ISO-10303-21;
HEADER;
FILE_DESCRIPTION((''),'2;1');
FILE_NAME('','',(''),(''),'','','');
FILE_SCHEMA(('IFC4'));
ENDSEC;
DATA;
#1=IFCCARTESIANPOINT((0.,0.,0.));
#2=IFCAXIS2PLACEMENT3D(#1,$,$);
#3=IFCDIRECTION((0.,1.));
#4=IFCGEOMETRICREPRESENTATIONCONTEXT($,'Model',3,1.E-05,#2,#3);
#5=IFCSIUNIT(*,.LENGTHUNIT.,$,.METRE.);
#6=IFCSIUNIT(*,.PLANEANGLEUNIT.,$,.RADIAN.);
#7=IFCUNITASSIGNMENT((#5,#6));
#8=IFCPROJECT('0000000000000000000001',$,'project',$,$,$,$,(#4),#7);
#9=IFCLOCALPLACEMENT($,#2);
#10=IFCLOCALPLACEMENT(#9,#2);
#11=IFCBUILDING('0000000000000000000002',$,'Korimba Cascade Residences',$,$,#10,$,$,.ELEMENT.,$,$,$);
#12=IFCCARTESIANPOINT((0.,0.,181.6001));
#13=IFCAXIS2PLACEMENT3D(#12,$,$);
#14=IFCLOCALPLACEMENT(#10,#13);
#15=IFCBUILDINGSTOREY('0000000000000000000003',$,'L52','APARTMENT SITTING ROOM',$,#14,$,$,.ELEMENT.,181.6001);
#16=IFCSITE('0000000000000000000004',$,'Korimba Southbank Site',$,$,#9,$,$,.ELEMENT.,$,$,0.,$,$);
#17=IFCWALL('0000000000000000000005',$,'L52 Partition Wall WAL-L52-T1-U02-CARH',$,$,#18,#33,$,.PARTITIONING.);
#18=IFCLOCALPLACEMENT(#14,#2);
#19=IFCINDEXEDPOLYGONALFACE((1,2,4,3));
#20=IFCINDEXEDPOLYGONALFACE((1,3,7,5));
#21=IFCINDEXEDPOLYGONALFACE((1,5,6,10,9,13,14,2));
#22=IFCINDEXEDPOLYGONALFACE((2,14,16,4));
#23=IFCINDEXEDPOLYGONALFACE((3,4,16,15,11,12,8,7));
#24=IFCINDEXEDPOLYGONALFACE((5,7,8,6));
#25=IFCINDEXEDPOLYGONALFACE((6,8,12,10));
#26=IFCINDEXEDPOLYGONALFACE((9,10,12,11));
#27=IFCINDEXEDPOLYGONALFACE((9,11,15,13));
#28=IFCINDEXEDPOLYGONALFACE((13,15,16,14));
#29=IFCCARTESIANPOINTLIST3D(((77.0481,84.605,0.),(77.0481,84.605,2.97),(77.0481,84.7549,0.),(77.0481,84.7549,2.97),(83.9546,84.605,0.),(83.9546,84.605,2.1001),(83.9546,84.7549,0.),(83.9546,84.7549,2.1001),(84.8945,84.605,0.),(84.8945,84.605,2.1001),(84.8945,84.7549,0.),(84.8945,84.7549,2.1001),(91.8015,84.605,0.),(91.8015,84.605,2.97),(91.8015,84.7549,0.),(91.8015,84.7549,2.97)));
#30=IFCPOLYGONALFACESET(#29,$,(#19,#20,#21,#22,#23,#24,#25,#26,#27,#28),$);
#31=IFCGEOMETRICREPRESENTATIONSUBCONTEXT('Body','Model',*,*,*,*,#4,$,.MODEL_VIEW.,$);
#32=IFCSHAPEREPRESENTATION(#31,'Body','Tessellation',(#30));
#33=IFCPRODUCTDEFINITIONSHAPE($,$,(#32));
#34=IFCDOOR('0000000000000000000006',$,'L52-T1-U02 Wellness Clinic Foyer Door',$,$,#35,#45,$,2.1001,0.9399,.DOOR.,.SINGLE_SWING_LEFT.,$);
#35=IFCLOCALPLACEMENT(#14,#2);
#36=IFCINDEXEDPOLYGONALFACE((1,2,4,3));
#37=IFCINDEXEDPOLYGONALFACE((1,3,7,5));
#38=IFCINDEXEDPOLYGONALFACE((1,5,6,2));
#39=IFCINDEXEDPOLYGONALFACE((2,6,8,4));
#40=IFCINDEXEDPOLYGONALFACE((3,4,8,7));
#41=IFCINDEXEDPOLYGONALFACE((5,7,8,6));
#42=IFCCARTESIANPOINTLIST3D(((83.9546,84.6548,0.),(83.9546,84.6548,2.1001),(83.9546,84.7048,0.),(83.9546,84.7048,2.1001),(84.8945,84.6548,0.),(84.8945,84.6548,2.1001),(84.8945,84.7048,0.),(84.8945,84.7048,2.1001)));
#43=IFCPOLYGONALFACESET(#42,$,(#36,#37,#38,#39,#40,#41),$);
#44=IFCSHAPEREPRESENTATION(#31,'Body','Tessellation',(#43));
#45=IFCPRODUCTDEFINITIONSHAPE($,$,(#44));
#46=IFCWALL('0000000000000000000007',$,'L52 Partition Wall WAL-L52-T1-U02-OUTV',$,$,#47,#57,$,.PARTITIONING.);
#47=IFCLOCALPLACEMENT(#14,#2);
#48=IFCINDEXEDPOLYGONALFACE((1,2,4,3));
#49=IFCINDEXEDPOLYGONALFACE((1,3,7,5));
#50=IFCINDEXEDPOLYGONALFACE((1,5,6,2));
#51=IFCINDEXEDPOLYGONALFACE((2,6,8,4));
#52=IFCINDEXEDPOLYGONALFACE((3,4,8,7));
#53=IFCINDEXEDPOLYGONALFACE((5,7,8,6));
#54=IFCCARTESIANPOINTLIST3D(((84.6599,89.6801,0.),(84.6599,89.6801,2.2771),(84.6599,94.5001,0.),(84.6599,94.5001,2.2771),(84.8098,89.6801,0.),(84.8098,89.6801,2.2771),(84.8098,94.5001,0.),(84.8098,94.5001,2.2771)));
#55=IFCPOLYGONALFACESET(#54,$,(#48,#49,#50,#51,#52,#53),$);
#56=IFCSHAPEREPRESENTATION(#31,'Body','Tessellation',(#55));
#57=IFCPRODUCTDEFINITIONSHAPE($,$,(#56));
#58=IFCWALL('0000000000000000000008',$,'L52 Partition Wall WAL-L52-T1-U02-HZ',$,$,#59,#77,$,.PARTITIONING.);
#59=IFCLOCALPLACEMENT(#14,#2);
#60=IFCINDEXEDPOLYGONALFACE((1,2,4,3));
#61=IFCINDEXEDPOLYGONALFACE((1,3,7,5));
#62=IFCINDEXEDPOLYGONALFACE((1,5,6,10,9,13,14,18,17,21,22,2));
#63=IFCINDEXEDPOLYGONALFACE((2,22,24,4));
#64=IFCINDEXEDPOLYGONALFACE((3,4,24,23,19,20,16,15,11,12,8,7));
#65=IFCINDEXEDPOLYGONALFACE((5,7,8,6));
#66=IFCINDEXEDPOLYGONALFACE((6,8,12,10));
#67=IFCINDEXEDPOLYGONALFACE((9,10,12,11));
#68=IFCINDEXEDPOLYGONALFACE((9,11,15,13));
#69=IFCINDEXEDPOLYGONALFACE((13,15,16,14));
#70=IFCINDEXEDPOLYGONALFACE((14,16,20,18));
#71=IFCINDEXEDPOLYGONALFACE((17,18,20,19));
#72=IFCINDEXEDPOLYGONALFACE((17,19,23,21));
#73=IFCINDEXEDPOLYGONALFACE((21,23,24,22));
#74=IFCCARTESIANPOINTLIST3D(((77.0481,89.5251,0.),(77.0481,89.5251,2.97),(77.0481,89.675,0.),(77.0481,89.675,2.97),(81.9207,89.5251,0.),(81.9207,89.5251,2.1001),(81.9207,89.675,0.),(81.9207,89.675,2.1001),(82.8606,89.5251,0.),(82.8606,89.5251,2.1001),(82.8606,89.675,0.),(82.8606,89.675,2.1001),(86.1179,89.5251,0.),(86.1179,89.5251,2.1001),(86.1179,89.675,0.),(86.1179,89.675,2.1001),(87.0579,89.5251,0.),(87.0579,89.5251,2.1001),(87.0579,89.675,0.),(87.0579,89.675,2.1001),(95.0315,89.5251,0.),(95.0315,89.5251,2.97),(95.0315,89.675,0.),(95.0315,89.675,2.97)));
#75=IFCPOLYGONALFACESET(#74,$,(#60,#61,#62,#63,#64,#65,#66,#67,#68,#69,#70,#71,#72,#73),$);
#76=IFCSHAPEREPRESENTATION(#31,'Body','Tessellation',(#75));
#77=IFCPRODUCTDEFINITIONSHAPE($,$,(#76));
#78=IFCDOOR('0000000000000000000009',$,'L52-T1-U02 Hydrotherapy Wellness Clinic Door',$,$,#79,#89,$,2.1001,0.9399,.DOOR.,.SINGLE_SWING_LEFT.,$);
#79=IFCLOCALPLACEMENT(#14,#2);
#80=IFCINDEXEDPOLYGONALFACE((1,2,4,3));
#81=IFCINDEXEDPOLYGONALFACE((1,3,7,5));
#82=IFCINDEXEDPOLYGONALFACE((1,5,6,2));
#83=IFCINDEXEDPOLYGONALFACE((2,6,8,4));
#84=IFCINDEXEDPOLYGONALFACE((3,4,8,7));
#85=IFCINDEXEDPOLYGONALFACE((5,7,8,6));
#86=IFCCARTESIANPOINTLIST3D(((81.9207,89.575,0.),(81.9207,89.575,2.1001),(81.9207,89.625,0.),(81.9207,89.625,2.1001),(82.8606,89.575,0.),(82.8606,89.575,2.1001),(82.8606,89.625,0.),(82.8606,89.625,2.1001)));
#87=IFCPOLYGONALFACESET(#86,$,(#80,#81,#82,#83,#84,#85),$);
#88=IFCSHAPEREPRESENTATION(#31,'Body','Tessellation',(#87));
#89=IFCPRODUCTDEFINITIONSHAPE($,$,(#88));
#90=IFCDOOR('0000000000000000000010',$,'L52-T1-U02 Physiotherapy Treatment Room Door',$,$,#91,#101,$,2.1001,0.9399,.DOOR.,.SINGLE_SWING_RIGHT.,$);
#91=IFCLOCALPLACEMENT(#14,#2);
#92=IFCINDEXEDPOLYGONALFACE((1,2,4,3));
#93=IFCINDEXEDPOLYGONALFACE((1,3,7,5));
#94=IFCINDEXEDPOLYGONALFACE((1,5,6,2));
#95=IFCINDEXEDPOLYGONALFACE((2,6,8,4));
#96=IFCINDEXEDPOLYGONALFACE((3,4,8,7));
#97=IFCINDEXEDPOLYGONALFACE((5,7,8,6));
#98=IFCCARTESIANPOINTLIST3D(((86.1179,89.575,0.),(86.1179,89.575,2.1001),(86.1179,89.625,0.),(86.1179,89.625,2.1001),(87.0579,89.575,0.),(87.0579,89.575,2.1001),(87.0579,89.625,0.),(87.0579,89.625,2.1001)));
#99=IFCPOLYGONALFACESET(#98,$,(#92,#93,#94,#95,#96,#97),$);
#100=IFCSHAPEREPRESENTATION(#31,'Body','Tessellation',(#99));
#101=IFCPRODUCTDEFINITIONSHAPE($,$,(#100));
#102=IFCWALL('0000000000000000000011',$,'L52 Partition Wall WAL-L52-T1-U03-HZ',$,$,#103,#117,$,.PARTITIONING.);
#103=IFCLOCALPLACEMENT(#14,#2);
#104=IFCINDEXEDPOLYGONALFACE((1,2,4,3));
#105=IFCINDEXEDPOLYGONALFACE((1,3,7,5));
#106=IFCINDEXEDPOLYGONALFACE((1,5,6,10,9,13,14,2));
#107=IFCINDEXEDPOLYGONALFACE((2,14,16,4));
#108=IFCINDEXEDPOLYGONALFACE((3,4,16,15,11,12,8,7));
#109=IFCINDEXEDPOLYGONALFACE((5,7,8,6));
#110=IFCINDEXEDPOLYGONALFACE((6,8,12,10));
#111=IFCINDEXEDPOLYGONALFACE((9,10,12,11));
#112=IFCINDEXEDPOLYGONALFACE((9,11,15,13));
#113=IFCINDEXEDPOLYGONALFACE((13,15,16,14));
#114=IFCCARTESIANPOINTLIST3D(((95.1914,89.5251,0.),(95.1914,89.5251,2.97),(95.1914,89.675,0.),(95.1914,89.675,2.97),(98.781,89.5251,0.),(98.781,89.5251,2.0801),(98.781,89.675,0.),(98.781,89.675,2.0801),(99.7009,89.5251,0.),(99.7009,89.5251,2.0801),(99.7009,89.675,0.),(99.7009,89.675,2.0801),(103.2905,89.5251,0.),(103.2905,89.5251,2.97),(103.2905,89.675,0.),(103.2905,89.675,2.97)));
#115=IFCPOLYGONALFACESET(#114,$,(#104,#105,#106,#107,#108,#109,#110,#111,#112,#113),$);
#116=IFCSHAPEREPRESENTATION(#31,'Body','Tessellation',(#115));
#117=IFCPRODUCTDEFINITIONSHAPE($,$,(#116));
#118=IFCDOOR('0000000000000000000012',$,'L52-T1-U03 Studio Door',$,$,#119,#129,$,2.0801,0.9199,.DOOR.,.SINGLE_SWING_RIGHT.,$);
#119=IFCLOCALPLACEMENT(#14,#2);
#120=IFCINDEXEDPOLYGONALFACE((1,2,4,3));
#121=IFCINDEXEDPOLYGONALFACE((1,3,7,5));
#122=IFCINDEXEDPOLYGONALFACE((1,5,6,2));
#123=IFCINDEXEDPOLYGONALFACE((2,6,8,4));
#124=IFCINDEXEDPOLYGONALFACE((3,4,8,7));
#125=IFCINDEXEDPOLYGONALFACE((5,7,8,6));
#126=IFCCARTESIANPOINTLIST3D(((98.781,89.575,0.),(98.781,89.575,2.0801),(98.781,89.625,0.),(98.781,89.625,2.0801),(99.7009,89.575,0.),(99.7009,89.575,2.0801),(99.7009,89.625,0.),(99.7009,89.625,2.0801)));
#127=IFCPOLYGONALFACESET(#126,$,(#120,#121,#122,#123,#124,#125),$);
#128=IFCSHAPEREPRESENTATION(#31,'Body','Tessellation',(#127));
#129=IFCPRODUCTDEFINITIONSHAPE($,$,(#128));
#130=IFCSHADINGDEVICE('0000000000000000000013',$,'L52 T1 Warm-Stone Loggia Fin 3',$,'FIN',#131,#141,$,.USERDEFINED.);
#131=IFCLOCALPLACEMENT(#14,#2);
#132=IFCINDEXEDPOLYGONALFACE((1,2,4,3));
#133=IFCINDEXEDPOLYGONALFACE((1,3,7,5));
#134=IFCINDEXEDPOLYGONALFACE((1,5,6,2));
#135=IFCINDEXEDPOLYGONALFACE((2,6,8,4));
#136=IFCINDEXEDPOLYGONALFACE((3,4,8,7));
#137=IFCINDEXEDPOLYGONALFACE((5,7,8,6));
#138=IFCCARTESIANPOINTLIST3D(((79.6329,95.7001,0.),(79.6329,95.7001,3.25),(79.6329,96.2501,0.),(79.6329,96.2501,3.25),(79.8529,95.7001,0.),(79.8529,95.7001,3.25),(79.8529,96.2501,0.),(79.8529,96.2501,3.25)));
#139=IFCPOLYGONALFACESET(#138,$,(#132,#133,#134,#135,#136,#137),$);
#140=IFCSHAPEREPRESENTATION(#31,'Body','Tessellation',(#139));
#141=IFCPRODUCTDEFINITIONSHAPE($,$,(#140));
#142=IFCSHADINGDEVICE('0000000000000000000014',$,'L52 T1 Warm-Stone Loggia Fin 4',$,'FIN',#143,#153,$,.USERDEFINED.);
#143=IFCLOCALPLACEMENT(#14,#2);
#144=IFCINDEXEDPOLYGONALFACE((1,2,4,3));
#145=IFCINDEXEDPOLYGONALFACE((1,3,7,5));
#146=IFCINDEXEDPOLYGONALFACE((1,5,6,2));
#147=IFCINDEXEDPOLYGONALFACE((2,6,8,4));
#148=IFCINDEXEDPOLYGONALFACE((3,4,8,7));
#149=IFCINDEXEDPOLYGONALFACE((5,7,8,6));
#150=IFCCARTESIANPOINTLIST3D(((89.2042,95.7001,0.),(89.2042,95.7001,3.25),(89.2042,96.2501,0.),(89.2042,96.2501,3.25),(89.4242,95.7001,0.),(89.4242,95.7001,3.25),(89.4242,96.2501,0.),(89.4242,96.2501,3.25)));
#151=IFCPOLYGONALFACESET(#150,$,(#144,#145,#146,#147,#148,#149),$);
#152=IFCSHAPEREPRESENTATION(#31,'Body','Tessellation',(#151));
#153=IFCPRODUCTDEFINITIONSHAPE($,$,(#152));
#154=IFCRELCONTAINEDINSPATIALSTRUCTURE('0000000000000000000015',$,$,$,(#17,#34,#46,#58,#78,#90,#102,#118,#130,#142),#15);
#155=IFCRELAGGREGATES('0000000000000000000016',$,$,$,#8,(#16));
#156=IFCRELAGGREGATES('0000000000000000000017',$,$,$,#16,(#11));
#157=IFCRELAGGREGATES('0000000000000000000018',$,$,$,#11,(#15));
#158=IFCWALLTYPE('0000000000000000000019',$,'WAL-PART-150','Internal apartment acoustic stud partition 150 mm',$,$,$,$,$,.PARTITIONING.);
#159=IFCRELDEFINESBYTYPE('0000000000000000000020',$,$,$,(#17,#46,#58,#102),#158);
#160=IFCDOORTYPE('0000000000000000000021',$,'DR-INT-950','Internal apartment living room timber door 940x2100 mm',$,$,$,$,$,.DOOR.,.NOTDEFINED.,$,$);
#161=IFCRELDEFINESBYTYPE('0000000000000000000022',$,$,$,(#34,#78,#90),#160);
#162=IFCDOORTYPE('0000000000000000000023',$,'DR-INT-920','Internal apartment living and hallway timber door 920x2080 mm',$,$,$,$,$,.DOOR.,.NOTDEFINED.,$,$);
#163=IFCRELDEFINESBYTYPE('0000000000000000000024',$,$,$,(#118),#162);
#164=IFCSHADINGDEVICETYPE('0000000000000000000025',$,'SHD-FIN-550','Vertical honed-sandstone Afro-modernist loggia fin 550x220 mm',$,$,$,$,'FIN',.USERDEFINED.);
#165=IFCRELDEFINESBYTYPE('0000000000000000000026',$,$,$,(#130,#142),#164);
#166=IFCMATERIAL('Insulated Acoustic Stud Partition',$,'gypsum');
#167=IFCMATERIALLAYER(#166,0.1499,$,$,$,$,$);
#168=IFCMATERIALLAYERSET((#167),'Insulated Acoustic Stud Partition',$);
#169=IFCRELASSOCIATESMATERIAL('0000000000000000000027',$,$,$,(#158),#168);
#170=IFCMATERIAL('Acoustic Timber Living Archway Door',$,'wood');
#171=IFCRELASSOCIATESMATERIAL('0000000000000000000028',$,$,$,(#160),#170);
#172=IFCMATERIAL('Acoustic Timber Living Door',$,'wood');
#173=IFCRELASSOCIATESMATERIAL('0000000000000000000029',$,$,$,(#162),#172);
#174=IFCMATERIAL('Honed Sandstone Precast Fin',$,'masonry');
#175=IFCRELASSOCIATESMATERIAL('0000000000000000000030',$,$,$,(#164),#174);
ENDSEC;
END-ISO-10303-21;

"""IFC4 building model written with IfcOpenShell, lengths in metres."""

from ifc_helpers import new_model, si_unit, direction, frame, frame_2d, origin, origin_2d, place, context, subcontext, project, spatial, rectangle, extrude, material, layer, layer_set, type_object, element, fill, save


model = new_model("IFC4")

# Units and contexts
model_context = context("Model", 3, precision=1e-05, world=origin(), true_north=direction((0.0, 1.0)))
body_context = subcontext(model_context, "Body", "Model", "MODEL_VIEW")
ifc_project = project(units=[si_unit("LENGTHUNIT", "METRE"), si_unit("PLANEANGLEUNIT", "RADIAN")], contexts=[model_context])

# Site, building, storey
site_placement = place(None, origin())
site = spatial("IfcSite", under=ifc_project, at=site_placement, Name="Korimba Southbank Site", CompositionType="ELEMENT", RefElevation=0.0)
building_placement = place(site_placement, origin())
building = spatial("IfcBuilding", under=site, at=building_placement, Name="Korimba Cascade Residences", CompositionType="ELEMENT")
storey_placement = place(building_placement, frame((0.0, 0.0, 181.6001)))
storey = spatial("IfcBuildingStorey", under=building, at=storey_placement, Name="L52", Description="APARTMENT SITTING ROOM", CompositionType="ELEMENT", Elevation=181.6001)

# Wall, opening, door
ifc_material_1 = material(Name="Insulated Acoustic Stud Partition", Category="gypsum")
ifc_layer = layer(ifc_material_1, 0.1499)
ifc_layer_set = layer_set([ifc_layer], Name="Insulated Acoustic Stud Partition")
wall_type = type_object("IfcWallType", Name="WAL-PART-150", Description="Internal apartment acoustic stud partition 150 mm", PredefinedType="PARTITIONING", material=ifc_layer_set)
wall_1_placement = place(storey_placement, frame((77.0481, 84.6799, 0.0), z_axis=(0.0, 0.0, 1.0), x_axis=(1.0, 0.0, 0.0)))
wall_1 = element("IfcWall", 1, at=wall_1_placement, inside=storey, type_object=wall_type, Name="L52 Partition Wall WAL-L52-T1-U02-CARH", PredefinedType="PARTITIONING", context=body_context, shape_type="SweptSolid", body=[
    extrude(rectangle(XDim=14.7534, YDim=0.1499, at=frame_2d((7.3767, 0.0))), origin(), (0.0, 0.0, 1.0), 2.97),
])
opening_1_placement = place(wall_1_placement, frame((6.9065, 0.0, 0.0)))
opening_1 = element("IfcOpeningElement", 2, at=opening_1_placement, cuts=wall_1, PredefinedType="OPENING", context=body_context, shape_type="SweptSolid", body=[
    extrude(rectangle(XDim=0.9399, YDim=2.1001, at=frame_2d((0.47, 1.05))), frame((0.0, 0.085, 0.0), z_axis=(0.0, -1.0, 0.0), x_axis=(1.0, 0.0, 0.0)), (0.0, 0.0, 1.0), 0.1699),
])
ifc_material_2 = material(Name="Acoustic Timber Living Archway Door", Category="wood")
door_type_1 = type_object("IfcDoorType", Name="DR-INT-950", Description="Internal apartment living room timber door 940x2100 mm", OperationType="NOTDEFINED", PredefinedType="DOOR", material=ifc_material_2)
door_1_placement = place(opening_1_placement, origin())
door_1 = element("IfcDoor", 3, at=door_1_placement, inside=storey, type_object=door_type_1, Name="L52-T1-U02 Wellness Clinic Foyer Door", OperationType="SINGLE_SWING_LEFT", OverallHeight=2.1001, OverallWidth=0.9399, PredefinedType="DOOR", context=body_context, shape_type="SweptSolid", body=[
    extrude(rectangle(XDim=0.9399, YDim=2.1001, at=frame_2d((0.47, 1.05))), frame((0.0, 0.0249, 0.0), z_axis=(0.0, -1.0, 0.0), x_axis=(1.0, 0.0, 0.0)), (0.0, 0.0, 1.0), 0.05),
])
fill(opening_1, door_1)

# Wall
wall_2_placement = place(storey_placement, frame((84.7349, 89.6799, 0.0), z_axis=(0.0, 0.0, 1.0), x_axis=(0.0, 1.0, 0.0)))
element("IfcWall", 4, at=wall_2_placement, inside=storey, type_object=wall_type, Name="L52 Partition Wall WAL-L52-T1-U02-OUTV", PredefinedType="PARTITIONING", context=body_context, shape_type="SweptSolid", body=[
    extrude(rectangle(XDim=4.8201, YDim=0.1499, at=frame_2d((2.4102, 0.0))), origin(), (0.0, 0.0, 1.0), 2.2771),
])

# Wall, openings, doors
wall_3_placement = place(storey_placement, frame((77.0481, 89.6001, 0.0), z_axis=(0.0, 0.0, 1.0), x_axis=(1.0, 0.0, 0.0)))
wall_3 = element("IfcWall", 5, at=wall_3_placement, inside=storey, type_object=wall_type, Name="L52 Partition Wall WAL-L52-T1-U02-HZ", PredefinedType="PARTITIONING", context=body_context, shape_type="SweptSolid", body=[
    extrude(rectangle(XDim=17.9834, YDim=0.1499, at=frame_2d((8.9917, 0.0))), origin(), (0.0, 0.0, 1.0), 2.97),
])
opening_2_placement = place(wall_3_placement, frame((4.8726, 0.0, 0.0)))
opening_2 = element("IfcOpeningElement", 6, at=opening_2_placement, cuts=wall_3, PredefinedType="OPENING", context=body_context, shape_type="SweptSolid", body=[
    extrude(rectangle(XDim=0.9399, YDim=2.1001, at=frame_2d((0.47, 1.05))), frame((0.0, 0.085, 0.0), z_axis=(0.0, -1.0, 0.0), x_axis=(1.0, 0.0, 0.0)), (0.0, 0.0, 1.0), 0.1699),
])
opening_3_placement = place(wall_3_placement, frame((9.0698, 0.0, 0.0)))
opening_3 = element("IfcOpeningElement", 7, at=opening_3_placement, cuts=wall_3, PredefinedType="OPENING", context=body_context, shape_type="SweptSolid", body=[
    extrude(rectangle(XDim=0.9399, YDim=2.1001, at=frame_2d((0.47, 1.05))), frame((0.0, 0.085, 0.0), z_axis=(0.0, -1.0, 0.0), x_axis=(1.0, 0.0, 0.0)), (0.0, 0.0, 1.0), 0.1699),
])
door_2_placement = place(opening_2_placement, origin())
door_2 = element("IfcDoor", 8, at=door_2_placement, inside=storey, type_object=door_type_1, Name="L52-T1-U02 Hydrotherapy Wellness Clinic Door", OperationType="SINGLE_SWING_LEFT", OverallHeight=2.1001, OverallWidth=0.9399, PredefinedType="DOOR", context=body_context, shape_type="SweptSolid", body=[
    extrude(rectangle(XDim=0.9399, YDim=2.1001, at=frame_2d((0.47, 1.05))), frame((0.0, 0.0249, 0.0), z_axis=(0.0, -1.0, 0.0), x_axis=(1.0, 0.0, 0.0)), (0.0, 0.0, 1.0), 0.05),
])
fill(opening_2, door_2)
door_3_placement = place(opening_3_placement, origin())
door_3 = element("IfcDoor", 9, at=door_3_placement, inside=storey, type_object=door_type_1, Name="L52-T1-U02 Physiotherapy Treatment Room Door", OperationType="SINGLE_SWING_RIGHT", OverallHeight=2.1001, OverallWidth=0.9399, PredefinedType="DOOR", context=body_context, shape_type="SweptSolid", body=[
    extrude(rectangle(XDim=0.9399, YDim=2.1001, at=frame_2d((0.47, 1.05))), frame((0.0, 0.0249, 0.0), z_axis=(0.0, -1.0, 0.0), x_axis=(1.0, 0.0, 0.0)), (0.0, 0.0, 1.0), 0.05),
])
fill(opening_3, door_3)

# Wall, opening, door
wall_4_placement = place(storey_placement, frame((95.1914, 89.6001, 0.0), z_axis=(0.0, 0.0, 1.0), x_axis=(1.0, 0.0, 0.0)))
wall_4 = element("IfcWall", 10, at=wall_4_placement, inside=storey, type_object=wall_type, Name="L52 Partition Wall WAL-L52-T1-U03-HZ", PredefinedType="PARTITIONING", context=body_context, shape_type="SweptSolid", body=[
    extrude(rectangle(XDim=8.0991, YDim=0.1499, at=frame_2d((4.0496, 0.0))), origin(), (0.0, 0.0, 1.0), 2.97),
])
opening_4_placement = place(wall_4_placement, frame((3.5896, 0.0, 0.0)))
opening_4 = element("IfcOpeningElement", 11, at=opening_4_placement, cuts=wall_4, PredefinedType="OPENING", context=body_context, shape_type="SweptSolid", body=[
    extrude(rectangle(XDim=0.9199, YDim=2.0801, at=frame_2d((0.46, 1.04))), frame((0.0, 0.085, 0.0), z_axis=(0.0, -1.0, 0.0), x_axis=(1.0, 0.0, 0.0)), (0.0, 0.0, 1.0), 0.1699),
])
ifc_material_3 = material(Name="Acoustic Timber Living Door", Category="wood")
door_type_2 = type_object("IfcDoorType", Name="DR-INT-920", Description="Internal apartment living and hallway timber door 920x2080 mm", OperationType="NOTDEFINED", PredefinedType="DOOR", material=ifc_material_3)
door_4_placement = place(opening_4_placement, origin())
door_4 = element("IfcDoor", 12, at=door_4_placement, inside=storey, type_object=door_type_2, Name="L52-T1-U03 Studio Door", OperationType="SINGLE_SWING_RIGHT", OverallHeight=2.0801, OverallWidth=0.9199, PredefinedType="DOOR", context=body_context, shape_type="SweptSolid", body=[
    extrude(rectangle(XDim=0.9199, YDim=2.0801, at=frame_2d((0.46, 1.04))), frame((0.0, 0.0249, 0.0), z_axis=(0.0, -1.0, 0.0), x_axis=(1.0, 0.0, 0.0)), (0.0, 0.0, 1.0), 0.05),
])
fill(opening_4, door_4)

# Shading devices
ifc_material_4 = material(Name="Honed Sandstone Precast Fin", Category="masonry")
shading_device_type = type_object("IfcShadingDeviceType", Name="SHD-FIN-550", Description="Vertical honed-sandstone Afro-modernist loggia fin 550x220 mm", ElementType="FIN", PredefinedType="USERDEFINED", material=ifc_material_4)
for number, where, z_axis, x_axis, name in (
    (13, (79.7429, 95.9751, 0.0), (0.0, 0.0, 1.0), (1.0, 0.0, 0.0), "L52 T1 Warm-Stone Loggia Fin 3"),
    (14, (89.3142, 95.9751, 0.0), (0.0, 0.0, 1.0), (1.0, 0.0, 0.0), "L52 T1 Warm-Stone Loggia Fin 4"),
):
    element("IfcShadingDevice", number, at=place(storey_placement, frame(where, z_axis=z_axis, x_axis=x_axis)), inside=storey, type_object=shading_device_type, Name=name, ObjectType="FIN", PredefinedType="USERDEFINED", context=body_context, shape_type="SweptSolid", body=[
        extrude(rectangle(XDim=0.22, YDim=0.55, at=origin_2d()), origin(), (0.0, 0.0, 1.0), 3.25),
    ])

save(model, "model.ifc")
